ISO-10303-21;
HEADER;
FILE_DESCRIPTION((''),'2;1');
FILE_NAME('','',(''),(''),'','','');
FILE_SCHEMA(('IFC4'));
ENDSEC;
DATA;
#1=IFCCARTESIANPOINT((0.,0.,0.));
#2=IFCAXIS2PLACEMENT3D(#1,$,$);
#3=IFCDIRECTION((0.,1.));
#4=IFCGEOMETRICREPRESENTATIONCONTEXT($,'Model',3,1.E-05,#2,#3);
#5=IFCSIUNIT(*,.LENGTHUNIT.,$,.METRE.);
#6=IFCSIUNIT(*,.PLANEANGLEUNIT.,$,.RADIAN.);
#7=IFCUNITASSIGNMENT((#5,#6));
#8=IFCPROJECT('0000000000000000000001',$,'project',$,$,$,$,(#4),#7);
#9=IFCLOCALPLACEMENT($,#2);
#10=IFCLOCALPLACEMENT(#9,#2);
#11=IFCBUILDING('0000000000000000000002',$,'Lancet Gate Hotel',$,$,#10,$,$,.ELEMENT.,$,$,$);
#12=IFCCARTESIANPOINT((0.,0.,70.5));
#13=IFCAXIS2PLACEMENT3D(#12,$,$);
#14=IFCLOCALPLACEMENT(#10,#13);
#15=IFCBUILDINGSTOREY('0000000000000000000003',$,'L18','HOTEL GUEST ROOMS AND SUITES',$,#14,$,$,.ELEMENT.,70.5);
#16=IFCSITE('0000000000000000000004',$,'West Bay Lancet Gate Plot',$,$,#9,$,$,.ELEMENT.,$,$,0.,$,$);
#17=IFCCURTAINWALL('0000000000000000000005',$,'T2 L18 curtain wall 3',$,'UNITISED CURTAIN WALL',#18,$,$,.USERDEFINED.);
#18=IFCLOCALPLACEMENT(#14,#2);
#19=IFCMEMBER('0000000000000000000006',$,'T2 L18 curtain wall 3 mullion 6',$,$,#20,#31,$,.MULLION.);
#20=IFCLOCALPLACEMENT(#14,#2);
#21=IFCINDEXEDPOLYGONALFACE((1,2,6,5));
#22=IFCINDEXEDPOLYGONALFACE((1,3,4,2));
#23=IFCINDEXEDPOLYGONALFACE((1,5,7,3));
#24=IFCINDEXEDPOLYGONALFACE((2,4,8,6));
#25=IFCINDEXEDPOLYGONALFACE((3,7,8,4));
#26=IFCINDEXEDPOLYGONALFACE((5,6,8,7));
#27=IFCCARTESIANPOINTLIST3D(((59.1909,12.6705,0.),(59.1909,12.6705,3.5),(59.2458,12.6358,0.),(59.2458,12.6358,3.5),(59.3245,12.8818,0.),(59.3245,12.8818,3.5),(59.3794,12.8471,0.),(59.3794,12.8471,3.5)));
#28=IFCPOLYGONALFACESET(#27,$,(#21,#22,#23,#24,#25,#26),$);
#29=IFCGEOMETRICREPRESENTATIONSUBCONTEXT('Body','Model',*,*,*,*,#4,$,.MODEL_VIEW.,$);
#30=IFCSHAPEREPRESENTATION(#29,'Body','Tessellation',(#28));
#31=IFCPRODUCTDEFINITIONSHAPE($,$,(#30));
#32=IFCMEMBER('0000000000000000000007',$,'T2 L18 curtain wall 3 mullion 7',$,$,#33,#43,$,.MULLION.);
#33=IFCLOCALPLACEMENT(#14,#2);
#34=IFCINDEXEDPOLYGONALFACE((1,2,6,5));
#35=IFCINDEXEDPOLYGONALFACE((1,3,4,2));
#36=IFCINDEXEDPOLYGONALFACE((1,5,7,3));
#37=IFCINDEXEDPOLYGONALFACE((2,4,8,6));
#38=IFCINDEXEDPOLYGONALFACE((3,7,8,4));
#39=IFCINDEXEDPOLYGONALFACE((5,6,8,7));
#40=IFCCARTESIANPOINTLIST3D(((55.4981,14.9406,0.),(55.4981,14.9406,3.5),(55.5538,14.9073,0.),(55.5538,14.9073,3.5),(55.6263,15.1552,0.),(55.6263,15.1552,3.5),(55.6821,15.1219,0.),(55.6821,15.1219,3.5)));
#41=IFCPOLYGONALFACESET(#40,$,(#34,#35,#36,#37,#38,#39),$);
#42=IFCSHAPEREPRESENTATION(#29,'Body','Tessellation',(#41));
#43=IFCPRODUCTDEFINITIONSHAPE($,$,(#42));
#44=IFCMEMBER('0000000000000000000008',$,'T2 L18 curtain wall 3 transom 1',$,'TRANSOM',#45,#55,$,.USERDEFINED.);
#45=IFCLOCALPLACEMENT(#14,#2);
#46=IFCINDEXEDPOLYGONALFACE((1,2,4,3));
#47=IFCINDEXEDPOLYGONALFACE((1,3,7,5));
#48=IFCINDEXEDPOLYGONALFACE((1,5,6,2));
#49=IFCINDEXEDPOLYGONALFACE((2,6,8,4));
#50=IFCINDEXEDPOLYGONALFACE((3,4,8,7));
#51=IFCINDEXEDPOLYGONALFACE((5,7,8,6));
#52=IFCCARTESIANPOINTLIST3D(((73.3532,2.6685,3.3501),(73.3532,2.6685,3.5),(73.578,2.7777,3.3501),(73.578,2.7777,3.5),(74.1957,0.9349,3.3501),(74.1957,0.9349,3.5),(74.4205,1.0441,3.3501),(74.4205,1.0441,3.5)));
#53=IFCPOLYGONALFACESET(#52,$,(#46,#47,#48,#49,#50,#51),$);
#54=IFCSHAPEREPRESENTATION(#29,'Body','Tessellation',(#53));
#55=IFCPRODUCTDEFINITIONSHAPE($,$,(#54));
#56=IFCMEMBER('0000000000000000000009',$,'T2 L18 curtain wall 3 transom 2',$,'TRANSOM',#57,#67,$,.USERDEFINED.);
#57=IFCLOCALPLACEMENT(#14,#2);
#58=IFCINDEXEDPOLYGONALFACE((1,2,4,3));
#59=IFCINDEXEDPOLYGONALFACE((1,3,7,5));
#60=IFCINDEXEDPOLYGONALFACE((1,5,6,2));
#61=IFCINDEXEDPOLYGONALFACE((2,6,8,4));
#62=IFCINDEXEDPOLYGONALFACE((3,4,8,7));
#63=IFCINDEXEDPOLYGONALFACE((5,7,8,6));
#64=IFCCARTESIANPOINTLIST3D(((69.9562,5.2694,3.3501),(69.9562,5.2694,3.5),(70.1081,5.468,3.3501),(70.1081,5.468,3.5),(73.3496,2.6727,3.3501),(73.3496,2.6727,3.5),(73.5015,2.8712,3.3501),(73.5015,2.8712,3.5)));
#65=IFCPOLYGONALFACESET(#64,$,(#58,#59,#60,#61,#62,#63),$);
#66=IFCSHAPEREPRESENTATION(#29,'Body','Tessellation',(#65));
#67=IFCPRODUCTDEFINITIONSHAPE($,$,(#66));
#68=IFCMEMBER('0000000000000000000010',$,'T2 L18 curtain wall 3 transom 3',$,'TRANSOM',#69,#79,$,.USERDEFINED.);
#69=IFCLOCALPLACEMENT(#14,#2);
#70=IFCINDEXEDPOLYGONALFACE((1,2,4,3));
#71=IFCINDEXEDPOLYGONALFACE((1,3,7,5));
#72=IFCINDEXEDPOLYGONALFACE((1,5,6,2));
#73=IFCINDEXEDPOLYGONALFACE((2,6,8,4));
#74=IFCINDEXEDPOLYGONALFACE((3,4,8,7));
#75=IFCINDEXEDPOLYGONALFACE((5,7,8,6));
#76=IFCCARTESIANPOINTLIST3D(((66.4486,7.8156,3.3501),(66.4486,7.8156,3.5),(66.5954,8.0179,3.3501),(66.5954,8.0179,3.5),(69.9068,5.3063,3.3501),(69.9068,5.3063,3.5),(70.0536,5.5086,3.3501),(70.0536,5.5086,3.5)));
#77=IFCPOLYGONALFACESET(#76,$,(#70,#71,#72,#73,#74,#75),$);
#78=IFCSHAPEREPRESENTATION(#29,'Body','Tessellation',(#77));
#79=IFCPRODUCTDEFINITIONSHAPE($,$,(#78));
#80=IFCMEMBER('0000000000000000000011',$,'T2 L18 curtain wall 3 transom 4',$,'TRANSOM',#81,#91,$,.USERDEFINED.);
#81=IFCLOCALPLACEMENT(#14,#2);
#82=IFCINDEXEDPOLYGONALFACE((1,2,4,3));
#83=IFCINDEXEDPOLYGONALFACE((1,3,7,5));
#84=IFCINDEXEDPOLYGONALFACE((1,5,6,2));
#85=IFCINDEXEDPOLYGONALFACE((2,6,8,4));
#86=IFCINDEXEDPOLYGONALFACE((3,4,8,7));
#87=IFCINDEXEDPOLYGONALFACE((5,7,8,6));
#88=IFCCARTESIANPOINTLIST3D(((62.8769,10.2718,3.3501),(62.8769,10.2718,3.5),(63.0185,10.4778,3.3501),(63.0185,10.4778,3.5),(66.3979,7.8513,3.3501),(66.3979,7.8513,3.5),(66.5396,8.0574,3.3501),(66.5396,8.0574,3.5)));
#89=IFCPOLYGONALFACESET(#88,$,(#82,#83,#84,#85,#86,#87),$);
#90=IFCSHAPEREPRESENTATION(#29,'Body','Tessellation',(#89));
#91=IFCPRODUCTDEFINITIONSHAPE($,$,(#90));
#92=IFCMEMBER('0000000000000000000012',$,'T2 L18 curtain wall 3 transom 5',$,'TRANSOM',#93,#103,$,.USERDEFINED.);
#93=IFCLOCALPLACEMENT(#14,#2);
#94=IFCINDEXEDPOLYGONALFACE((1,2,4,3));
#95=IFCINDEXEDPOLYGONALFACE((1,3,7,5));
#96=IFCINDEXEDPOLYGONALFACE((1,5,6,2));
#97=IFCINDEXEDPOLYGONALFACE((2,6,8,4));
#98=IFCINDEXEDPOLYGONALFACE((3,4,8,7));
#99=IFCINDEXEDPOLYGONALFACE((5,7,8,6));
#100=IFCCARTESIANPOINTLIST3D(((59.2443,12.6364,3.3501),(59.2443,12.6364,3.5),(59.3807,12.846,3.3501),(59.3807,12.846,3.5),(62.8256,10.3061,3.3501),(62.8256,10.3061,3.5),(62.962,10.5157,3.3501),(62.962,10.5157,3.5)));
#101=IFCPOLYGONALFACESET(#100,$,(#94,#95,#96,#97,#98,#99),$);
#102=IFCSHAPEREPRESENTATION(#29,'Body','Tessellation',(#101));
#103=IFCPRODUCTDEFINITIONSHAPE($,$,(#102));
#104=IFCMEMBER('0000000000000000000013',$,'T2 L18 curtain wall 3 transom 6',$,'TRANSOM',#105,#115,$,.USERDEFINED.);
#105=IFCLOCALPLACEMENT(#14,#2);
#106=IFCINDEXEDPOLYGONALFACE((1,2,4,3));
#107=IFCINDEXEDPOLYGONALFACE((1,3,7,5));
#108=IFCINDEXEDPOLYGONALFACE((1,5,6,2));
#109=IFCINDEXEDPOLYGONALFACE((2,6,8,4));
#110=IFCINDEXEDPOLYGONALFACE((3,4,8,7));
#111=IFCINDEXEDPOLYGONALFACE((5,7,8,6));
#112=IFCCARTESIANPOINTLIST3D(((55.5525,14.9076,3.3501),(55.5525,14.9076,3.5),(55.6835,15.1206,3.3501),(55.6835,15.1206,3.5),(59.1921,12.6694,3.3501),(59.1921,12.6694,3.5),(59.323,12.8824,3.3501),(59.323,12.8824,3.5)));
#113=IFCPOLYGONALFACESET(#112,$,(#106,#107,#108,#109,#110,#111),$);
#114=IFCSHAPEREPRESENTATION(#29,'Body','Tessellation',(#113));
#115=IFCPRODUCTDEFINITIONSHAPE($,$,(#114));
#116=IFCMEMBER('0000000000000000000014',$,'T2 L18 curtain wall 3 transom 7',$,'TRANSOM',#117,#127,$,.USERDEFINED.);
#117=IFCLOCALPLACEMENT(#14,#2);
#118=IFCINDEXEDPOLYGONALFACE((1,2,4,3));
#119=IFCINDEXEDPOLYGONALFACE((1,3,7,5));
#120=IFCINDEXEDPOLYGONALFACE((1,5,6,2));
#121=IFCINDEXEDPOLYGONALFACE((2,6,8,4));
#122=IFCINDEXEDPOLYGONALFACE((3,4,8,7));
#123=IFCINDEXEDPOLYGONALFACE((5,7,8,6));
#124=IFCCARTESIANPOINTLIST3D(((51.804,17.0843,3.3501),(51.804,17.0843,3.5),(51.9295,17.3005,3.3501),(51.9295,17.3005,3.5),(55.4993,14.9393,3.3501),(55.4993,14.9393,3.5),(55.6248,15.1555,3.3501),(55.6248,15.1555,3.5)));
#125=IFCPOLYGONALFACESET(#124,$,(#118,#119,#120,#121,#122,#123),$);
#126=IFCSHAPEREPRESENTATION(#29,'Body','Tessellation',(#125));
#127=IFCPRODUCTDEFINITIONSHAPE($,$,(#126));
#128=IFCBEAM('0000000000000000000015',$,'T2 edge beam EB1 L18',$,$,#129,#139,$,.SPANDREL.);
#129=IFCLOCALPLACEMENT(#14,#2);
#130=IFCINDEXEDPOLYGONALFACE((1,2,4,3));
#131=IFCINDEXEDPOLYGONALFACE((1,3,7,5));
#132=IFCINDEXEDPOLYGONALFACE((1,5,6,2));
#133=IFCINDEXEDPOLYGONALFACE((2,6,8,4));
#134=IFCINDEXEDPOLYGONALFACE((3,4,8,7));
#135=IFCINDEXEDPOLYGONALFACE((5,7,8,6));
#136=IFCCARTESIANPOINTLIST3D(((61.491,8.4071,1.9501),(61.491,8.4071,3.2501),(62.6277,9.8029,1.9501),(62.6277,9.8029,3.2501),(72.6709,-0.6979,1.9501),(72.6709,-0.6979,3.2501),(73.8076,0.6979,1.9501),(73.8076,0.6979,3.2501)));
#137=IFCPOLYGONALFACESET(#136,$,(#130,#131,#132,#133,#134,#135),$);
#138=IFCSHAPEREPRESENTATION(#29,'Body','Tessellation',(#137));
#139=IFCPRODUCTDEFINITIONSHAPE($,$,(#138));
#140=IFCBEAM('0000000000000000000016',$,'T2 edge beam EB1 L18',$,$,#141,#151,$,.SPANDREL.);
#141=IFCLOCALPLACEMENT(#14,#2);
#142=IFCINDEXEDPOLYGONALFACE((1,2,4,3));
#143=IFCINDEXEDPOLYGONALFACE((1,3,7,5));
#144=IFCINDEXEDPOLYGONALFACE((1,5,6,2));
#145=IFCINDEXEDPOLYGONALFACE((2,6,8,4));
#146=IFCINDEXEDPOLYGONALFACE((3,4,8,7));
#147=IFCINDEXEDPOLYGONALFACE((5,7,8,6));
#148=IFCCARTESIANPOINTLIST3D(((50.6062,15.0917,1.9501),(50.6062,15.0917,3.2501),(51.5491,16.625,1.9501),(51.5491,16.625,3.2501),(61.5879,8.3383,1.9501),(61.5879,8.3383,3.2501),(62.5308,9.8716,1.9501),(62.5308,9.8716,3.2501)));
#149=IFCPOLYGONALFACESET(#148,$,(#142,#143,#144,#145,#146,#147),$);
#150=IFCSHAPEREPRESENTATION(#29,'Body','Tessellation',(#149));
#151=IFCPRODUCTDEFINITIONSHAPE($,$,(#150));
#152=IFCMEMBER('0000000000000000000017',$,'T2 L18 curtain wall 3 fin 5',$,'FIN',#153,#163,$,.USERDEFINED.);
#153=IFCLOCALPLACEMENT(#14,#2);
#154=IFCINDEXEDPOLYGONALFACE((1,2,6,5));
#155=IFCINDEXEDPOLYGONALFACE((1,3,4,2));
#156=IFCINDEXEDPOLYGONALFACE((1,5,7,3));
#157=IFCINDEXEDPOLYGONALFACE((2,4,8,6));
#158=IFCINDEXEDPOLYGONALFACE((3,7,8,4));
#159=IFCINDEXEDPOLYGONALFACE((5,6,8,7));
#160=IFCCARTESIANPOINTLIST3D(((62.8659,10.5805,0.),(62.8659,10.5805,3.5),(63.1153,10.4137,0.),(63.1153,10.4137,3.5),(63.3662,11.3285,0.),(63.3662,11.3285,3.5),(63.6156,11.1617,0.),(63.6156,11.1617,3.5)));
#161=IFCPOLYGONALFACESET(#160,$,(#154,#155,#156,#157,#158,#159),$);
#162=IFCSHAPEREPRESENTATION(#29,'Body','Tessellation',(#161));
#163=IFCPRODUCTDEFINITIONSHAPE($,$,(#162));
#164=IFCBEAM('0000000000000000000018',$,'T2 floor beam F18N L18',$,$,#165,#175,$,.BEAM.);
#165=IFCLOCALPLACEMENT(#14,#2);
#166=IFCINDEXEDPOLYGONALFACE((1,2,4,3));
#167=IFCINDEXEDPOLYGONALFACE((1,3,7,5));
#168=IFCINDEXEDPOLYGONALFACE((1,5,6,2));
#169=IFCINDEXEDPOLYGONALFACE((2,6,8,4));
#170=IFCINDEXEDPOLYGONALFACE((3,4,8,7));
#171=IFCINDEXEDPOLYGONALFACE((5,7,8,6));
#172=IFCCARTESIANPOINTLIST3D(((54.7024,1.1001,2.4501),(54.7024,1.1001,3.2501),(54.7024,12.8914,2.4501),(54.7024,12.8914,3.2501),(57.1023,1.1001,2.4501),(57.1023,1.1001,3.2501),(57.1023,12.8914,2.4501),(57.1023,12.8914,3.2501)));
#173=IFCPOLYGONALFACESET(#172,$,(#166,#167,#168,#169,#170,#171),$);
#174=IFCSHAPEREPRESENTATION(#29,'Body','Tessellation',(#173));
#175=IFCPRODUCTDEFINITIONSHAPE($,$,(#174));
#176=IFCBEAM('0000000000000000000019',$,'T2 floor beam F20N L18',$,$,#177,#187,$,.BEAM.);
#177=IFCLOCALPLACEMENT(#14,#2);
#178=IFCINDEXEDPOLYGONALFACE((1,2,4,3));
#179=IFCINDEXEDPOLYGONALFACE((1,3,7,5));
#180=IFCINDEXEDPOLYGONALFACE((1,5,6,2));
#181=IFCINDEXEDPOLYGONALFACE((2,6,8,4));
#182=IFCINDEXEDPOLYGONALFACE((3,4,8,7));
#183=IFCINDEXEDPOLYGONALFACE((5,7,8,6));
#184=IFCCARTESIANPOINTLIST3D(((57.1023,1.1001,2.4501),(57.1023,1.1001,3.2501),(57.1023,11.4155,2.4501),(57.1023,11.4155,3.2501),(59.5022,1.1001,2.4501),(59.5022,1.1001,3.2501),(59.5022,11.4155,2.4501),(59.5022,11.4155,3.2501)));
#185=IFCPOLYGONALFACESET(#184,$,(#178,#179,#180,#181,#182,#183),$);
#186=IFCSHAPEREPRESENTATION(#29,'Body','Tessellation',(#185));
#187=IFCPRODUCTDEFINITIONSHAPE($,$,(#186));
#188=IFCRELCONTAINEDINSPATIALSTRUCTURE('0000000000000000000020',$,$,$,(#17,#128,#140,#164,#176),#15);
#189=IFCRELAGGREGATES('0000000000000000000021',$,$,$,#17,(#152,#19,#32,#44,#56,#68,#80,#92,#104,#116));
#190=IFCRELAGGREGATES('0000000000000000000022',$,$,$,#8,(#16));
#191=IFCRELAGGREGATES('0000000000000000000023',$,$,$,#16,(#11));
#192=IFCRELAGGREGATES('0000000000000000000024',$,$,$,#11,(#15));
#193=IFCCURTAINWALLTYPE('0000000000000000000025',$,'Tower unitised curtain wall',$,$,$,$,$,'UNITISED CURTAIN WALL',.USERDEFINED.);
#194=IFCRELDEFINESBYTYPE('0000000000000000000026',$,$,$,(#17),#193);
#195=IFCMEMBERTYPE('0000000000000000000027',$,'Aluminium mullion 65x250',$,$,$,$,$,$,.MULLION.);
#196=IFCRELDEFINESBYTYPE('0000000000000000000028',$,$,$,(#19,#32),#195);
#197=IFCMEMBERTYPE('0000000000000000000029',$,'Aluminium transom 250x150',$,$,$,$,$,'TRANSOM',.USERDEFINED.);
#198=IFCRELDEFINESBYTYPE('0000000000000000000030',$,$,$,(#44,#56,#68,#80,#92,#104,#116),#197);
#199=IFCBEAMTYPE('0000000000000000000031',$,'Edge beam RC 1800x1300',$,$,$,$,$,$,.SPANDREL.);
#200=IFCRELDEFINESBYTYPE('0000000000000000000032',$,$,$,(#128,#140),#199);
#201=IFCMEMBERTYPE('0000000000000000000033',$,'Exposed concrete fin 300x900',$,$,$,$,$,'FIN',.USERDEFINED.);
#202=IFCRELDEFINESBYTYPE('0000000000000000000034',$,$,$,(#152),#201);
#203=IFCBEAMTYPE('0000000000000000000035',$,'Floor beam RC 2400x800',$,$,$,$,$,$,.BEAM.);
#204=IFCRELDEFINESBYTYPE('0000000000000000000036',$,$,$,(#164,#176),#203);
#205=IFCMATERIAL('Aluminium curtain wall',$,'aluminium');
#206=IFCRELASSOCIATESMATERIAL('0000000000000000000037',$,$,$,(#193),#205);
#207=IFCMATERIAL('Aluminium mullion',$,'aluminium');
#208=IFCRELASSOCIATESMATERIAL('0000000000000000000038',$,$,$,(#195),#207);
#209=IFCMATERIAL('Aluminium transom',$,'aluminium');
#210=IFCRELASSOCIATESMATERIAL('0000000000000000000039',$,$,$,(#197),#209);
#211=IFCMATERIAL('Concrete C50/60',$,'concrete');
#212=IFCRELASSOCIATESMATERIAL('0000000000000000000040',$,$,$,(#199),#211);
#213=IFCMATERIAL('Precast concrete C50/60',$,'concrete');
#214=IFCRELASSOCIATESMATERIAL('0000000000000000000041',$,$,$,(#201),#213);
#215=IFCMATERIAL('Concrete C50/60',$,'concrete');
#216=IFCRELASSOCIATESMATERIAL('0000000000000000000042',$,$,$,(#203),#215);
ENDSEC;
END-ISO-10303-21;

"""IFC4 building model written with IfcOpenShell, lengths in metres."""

from ifc_helpers import new_model, si_unit, direction, frame, origin, origin_2d, place, context, subcontext, project, spatial, rectangle, extrude, material, material_profile, profile_set, type_object, element, aggregate, save


model = new_model("IFC4")

# Units and contexts
model_context = context("Model", 3, precision=1e-05, world=origin(), true_north=direction((0.0, 1.0)))
body_context = subcontext(model_context, "Body", "Model", "MODEL_VIEW")
ifc_project = project(units=[si_unit("LENGTHUNIT", "METRE"), si_unit("PLANEANGLEUNIT", "RADIAN")], contexts=[model_context])

# Site, building, storey
site_placement = place(None, origin())
site = spatial("IfcSite", under=ifc_project, at=site_placement, Name="West Bay Lancet Gate Plot", CompositionType="ELEMENT", RefElevation=0.0)
building_placement = place(site_placement, origin())
building = spatial("IfcBuilding", under=site, at=building_placement, Name="Lancet Gate Hotel", CompositionType="ELEMENT")
storey_placement = place(building_placement, frame((0.0, 0.0, 70.5)))
storey = spatial("IfcBuildingStorey", under=building, at=storey_placement, Name="L18", Description="HOTEL GUEST ROOMS AND SUITES", CompositionType="ELEMENT", Elevation=70.5)

# Curtain wall, members
ifc_material_1 = material(Name="Aluminium curtain wall", Category="aluminium")
curtain_wall_type = type_object("IfcCurtainWallType", Name="Tower unitised curtain wall", ElementType="UNITISED CURTAIN WALL", PredefinedType="USERDEFINED", material=ifc_material_1)
curtain_wall_placement = place(storey_placement, origin())
curtain_wall = element("IfcCurtainWall", 1, at=curtain_wall_placement, inside=storey, type_object=curtain_wall_type, Name="T2 L18 curtain wall 3", ObjectType="UNITISED CURTAIN WALL", PredefinedType="USERDEFINED")
ifc_material_2 = material(Name="Aluminium mullion", Category="aluminium")
ifc_material_profile_1 = material_profile(ifc_material_2, rectangle(XDim=0.0649, YDim=0.25, at=origin_2d()), Name="MULLION 65x250")
ifc_profile_set_1 = profile_set([ifc_material_profile_1], Name="Aluminium mullion")
member_type_1 = type_object("IfcMemberType", Name="Aluminium mullion 65x250", PredefinedType="MULLION", material=ifc_profile_set_1)
member_1_placement = place(storey_placement, frame((59.2852, 12.7588, 0.0), z_axis=(0.0, 0.0, 1.0), x_axis=(-0.845079, 0.534641, 0.0)))
member_1 = element("IfcMember", 2, at=member_1_placement, type_object=member_type_1, Name="T2 L18 curtain wall 3 mullion 6", PredefinedType="MULLION", context=body_context, shape_type="SweptSolid", body=[
    extrude(rectangle(XDim=0.0649, YDim=0.25, at=origin_2d()), origin(), (0.0, 0.0, 1.0), 3.5),
])
member_2_placement = place(storey_placement, frame((55.5901, 15.0312, 0.0), z_axis=(0.0, 0.0, 1.0), x_axis=(-0.858413, 0.512959, 0.0)))
member_2 = element("IfcMember", 3, at=member_2_placement, type_object=member_type_1, Name="T2 L18 curtain wall 3 mullion 7", PredefinedType="MULLION", context=body_context, shape_type="SweptSolid", body=[
    extrude(rectangle(XDim=0.0649, YDim=0.25, at=origin_2d()), origin(), (0.0, 0.0, 1.0), 3.5),
])
ifc_material_3 = material(Name="Aluminium transom", Category="aluminium")
ifc_material_profile_2 = material_profile(ifc_material_3, rectangle(XDim=0.25, YDim=0.1499, at=origin_2d()), Name="TRANSOM 250x150")
ifc_profile_set_2 = profile_set([ifc_material_profile_2], Name="Aluminium transom")
member_type_2 = type_object("IfcMemberType", Name="Aluminium transom 250x150", ElementType="TRANSOM", PredefinedType="USERDEFINED", material=ifc_profile_set_2)
member_3_placement = place(storey_placement, frame((74.3081, 0.9895, 3.425), z_axis=(-0.437103, 0.899411, 0.0), x_axis=(-0.899411, -0.437103, 0.0)))
member_3 = element("IfcMember", 4, at=member_3_placement, type_object=member_type_2, Name="T2 L18 curtain wall 3 transom 1", ObjectType="TRANSOM", PredefinedType="USERDEFINED", context=body_context, shape_type="SweptSolid", body=[
    extrude(rectangle(XDim=0.25, YDim=0.1499, at=origin_2d()), origin(), (0.0, 0.0, 1.0), 1.9275),
])
member_4_placement = place(storey_placement, frame((73.4255, 2.772, 3.425), z_axis=(-0.794155, 0.607715, 0.0), x_axis=(-0.607715, -0.794155, 0.0)))
member_4 = element("IfcMember", 5, at=member_4_placement, type_object=member_type_2, Name="T2 L18 curtain wall 3 transom 2", ObjectType="TRANSOM", PredefinedType="USERDEFINED", context=body_context, shape_type="SweptSolid", body=[
    extrude(rectangle(XDim=0.25, YDim=0.1499, at=origin_2d()), origin(), (0.0, 0.0, 1.0), 4.2729),
])
member_5_placement = place(storey_placement, frame((69.9802, 5.4075, 3.425), z_axis=(-0.809383, 0.587281, 0.0), x_axis=(-0.587281, -0.809383, 0.0)))
member_5 = element("IfcMember", 6, at=member_5_placement, type_object=member_type_2, Name="T2 L18 curtain wall 3 transom 3", ObjectType="TRANSOM", PredefinedType="USERDEFINED", context=body_context, shape_type="SweptSolid", body=[
    extrude(rectangle(XDim=0.25, YDim=0.1499, at=origin_2d()), origin(), (0.0, 0.0, 1.0), 4.2727),
])
member_6_placement = place(storey_placement, frame((66.4688, 7.9543, 3.425), z_axis=(-0.824072, 0.566485, 0.0), x_axis=(-0.566485, -0.824072, 0.0)))
member_6 = element("IfcMember", 7, at=member_6_placement, type_object=member_type_2, Name="T2 L18 curtain wall 3 transom 4", ObjectType="TRANSOM", PredefinedType="USERDEFINED", context=body_context, shape_type="SweptSolid", body=[
    extrude(rectangle(XDim=0.25, YDim=0.1499, at=origin_2d()), origin(), (0.0, 0.0, 1.0), 4.2727),
])
member_7_placement = place(storey_placement, frame((62.8938, 10.4109, 3.425), z_axis=(-0.838179, 0.545396, 0.0), x_axis=(-0.545396, -0.838179, 0.0)))
member_7 = element("IfcMember", 8, at=member_7_placement, type_object=member_type_2, Name="T2 L18 curtain wall 3 transom 5", ObjectType="TRANSOM", PredefinedType="USERDEFINED", context=body_context, shape_type="SweptSolid", body=[
    extrude(rectangle(XDim=0.25, YDim=0.1499, at=origin_2d()), origin(), (0.0, 0.0, 1.0), 4.2727),
])
member_8_placement = place(storey_placement, frame((59.2576, 12.7759, 3.425), z_axis=(-0.851815, 0.523842, 0.0), x_axis=(-0.523842, -0.851815, 0.0)))
member_8 = element("IfcMember", 9, at=member_8_placement, type_object=member_type_2, Name="T2 L18 curtain wall 3 transom 6", ObjectType="TRANSOM", PredefinedType="USERDEFINED", context=body_context, shape_type="SweptSolid", body=[
    extrude(rectangle(XDim=0.25, YDim=0.1499, at=origin_2d()), origin(), (0.0, 0.0, 1.0), 4.2727),
])
member_9_placement = place(storey_placement, frame((55.562, 15.0474, 3.425), z_axis=(-0.864855, 0.502022, 0.0), x_axis=(-0.502022, -0.864855, 0.0)))
member_9 = element("IfcMember", 10, at=member_9_placement, type_object=member_type_2, Name="T2 L18 curtain wall 3 transom 7", ObjectType="TRANSOM", PredefinedType="USERDEFINED", context=body_context, shape_type="SweptSolid", body=[
    extrude(rectangle(XDim=0.25, YDim=0.1499, at=origin_2d()), origin(), (0.0, 0.0, 1.0), 4.2727),
])

# Beams
ifc_material_4 = material(Name="Concrete C50/60", Category="concrete")
ifc_material_profile_3 = material_profile(ifc_material_4, rectangle(XDim=1.8, YDim=1.3, at=origin_2d()), Name="RC 1800x1300")
ifc_profile_set_3 = profile_set([ifc_material_profile_3], Name="Concrete C50/60")
beam_type_1 = type_object("IfcBeamType", Name="Edge beam RC 1800x1300", PredefinedType="SPANDREL", material=ifc_profile_set_3)
beam_1_placement = place(storey_placement, frame((73.2393, 0.0, 2.6001), z_axis=(-0.775391, 0.631481, 0.0), x_axis=(-0.631481, -0.775391, 0.0)))
element("IfcBeam", 11, at=beam_1_placement, inside=storey, type_object=beam_type_1, Name="T2 edge beam EB1 L18", PredefinedType="SPANDREL", context=body_context, shape_type="SweptSolid", body=[
    extrude(rectangle(XDim=1.8, YDim=1.3, at=origin_2d()), origin(), (0.0, 0.0, 1.0), 14.4185),
])
beam_2_placement = place(storey_placement, frame((62.0593, 9.105, 2.6001), z_axis=(-0.851816, 0.523842, 0.0), x_axis=(-0.523842, -0.851816, 0.0)))
element("IfcBeam", 12, at=beam_2_placement, inside=storey, type_object=beam_type_1, Name="T2 edge beam EB1 L18", PredefinedType="SPANDREL", context=body_context, shape_type="SweptSolid", body=[
    extrude(rectangle(XDim=1.8, YDim=1.3, at=origin_2d()), origin(), (0.0, 0.0, 1.0), 12.8921),
])

# Member
ifc_material_5 = material(Name="Precast concrete C50/60", Category="concrete")
ifc_material_profile_4 = material_profile(ifc_material_5, rectangle(XDim=0.3, YDim=0.8999, at=origin_2d()), Name="FIN 300x900")
ifc_profile_set_4 = profile_set([ifc_material_profile_4], Name="Precast concrete C50/60")
member_type_3 = type_object("IfcMemberType", Name="Exposed concrete fin 300x900", ElementType="FIN", PredefinedType="USERDEFINED", material=ifc_profile_set_4)
member_10_placement = place(storey_placement, frame((63.2407, 10.8711, 0.0), z_axis=(0.0, 0.0, 1.0), x_axis=(-0.831198, 0.555976, 0.0)))
member_10 = element("IfcMember", 13, at=member_10_placement, type_object=member_type_3, Name="T2 L18 curtain wall 3 fin 5", ObjectType="FIN", PredefinedType="USERDEFINED", context=body_context, shape_type="SweptSolid", body=[
    extrude(rectangle(XDim=0.3, YDim=0.8999, at=origin_2d()), origin(), (0.0, 0.0, 1.0), 3.5),
])

# Beams
ifc_material_6 = material(Name="Concrete C50/60", Category="concrete")
ifc_material_profile_5 = material_profile(ifc_material_6, rectangle(XDim=2.3999, YDim=0.8, at=origin_2d()), Name="RC 2400x800")
ifc_profile_set_5 = profile_set([ifc_material_profile_5], Name="Concrete C50/60")
beam_type_2 = type_object("IfcBeamType", Name="Floor beam RC 2400x800", PredefinedType="BEAM", material=ifc_profile_set_5)
beam_3_placement = place(storey_placement, frame((55.9023, 1.1001, 2.8501), z_axis=(0.0, 1.0, 0.0), x_axis=(-1.0, 0.0, 0.0)))
element("IfcBeam", 14, at=beam_3_placement, inside=storey, type_object=beam_type_2, Name="T2 floor beam F18N L18", PredefinedType="BEAM", context=body_context, shape_type="SweptSolid", body=[
    extrude(rectangle(XDim=2.3999, YDim=0.8, at=origin_2d()), origin(), (0.0, 0.0, 1.0), 11.7913),
])
beam_4_placement = place(storey_placement, frame((58.3022, 1.1001, 2.8501), z_axis=(0.0, 1.0, 0.0), x_axis=(-1.0, 0.0, 0.0)))
element("IfcBeam", 15, at=beam_4_placement, inside=storey, type_object=beam_type_2, Name="T2 floor beam F20N L18", PredefinedType="BEAM", context=body_context, shape_type="SweptSolid", body=[
    extrude(rectangle(XDim=2.3999, YDim=0.8, at=origin_2d()), origin(), (0.0, 0.0, 1.0), 10.3154),
])

aggregate(curtain_wall, [member_10, member_1, member_2, member_3, member_4, member_5, member_6, member_7, member_8, member_9])

save(model, "model.ifc")
